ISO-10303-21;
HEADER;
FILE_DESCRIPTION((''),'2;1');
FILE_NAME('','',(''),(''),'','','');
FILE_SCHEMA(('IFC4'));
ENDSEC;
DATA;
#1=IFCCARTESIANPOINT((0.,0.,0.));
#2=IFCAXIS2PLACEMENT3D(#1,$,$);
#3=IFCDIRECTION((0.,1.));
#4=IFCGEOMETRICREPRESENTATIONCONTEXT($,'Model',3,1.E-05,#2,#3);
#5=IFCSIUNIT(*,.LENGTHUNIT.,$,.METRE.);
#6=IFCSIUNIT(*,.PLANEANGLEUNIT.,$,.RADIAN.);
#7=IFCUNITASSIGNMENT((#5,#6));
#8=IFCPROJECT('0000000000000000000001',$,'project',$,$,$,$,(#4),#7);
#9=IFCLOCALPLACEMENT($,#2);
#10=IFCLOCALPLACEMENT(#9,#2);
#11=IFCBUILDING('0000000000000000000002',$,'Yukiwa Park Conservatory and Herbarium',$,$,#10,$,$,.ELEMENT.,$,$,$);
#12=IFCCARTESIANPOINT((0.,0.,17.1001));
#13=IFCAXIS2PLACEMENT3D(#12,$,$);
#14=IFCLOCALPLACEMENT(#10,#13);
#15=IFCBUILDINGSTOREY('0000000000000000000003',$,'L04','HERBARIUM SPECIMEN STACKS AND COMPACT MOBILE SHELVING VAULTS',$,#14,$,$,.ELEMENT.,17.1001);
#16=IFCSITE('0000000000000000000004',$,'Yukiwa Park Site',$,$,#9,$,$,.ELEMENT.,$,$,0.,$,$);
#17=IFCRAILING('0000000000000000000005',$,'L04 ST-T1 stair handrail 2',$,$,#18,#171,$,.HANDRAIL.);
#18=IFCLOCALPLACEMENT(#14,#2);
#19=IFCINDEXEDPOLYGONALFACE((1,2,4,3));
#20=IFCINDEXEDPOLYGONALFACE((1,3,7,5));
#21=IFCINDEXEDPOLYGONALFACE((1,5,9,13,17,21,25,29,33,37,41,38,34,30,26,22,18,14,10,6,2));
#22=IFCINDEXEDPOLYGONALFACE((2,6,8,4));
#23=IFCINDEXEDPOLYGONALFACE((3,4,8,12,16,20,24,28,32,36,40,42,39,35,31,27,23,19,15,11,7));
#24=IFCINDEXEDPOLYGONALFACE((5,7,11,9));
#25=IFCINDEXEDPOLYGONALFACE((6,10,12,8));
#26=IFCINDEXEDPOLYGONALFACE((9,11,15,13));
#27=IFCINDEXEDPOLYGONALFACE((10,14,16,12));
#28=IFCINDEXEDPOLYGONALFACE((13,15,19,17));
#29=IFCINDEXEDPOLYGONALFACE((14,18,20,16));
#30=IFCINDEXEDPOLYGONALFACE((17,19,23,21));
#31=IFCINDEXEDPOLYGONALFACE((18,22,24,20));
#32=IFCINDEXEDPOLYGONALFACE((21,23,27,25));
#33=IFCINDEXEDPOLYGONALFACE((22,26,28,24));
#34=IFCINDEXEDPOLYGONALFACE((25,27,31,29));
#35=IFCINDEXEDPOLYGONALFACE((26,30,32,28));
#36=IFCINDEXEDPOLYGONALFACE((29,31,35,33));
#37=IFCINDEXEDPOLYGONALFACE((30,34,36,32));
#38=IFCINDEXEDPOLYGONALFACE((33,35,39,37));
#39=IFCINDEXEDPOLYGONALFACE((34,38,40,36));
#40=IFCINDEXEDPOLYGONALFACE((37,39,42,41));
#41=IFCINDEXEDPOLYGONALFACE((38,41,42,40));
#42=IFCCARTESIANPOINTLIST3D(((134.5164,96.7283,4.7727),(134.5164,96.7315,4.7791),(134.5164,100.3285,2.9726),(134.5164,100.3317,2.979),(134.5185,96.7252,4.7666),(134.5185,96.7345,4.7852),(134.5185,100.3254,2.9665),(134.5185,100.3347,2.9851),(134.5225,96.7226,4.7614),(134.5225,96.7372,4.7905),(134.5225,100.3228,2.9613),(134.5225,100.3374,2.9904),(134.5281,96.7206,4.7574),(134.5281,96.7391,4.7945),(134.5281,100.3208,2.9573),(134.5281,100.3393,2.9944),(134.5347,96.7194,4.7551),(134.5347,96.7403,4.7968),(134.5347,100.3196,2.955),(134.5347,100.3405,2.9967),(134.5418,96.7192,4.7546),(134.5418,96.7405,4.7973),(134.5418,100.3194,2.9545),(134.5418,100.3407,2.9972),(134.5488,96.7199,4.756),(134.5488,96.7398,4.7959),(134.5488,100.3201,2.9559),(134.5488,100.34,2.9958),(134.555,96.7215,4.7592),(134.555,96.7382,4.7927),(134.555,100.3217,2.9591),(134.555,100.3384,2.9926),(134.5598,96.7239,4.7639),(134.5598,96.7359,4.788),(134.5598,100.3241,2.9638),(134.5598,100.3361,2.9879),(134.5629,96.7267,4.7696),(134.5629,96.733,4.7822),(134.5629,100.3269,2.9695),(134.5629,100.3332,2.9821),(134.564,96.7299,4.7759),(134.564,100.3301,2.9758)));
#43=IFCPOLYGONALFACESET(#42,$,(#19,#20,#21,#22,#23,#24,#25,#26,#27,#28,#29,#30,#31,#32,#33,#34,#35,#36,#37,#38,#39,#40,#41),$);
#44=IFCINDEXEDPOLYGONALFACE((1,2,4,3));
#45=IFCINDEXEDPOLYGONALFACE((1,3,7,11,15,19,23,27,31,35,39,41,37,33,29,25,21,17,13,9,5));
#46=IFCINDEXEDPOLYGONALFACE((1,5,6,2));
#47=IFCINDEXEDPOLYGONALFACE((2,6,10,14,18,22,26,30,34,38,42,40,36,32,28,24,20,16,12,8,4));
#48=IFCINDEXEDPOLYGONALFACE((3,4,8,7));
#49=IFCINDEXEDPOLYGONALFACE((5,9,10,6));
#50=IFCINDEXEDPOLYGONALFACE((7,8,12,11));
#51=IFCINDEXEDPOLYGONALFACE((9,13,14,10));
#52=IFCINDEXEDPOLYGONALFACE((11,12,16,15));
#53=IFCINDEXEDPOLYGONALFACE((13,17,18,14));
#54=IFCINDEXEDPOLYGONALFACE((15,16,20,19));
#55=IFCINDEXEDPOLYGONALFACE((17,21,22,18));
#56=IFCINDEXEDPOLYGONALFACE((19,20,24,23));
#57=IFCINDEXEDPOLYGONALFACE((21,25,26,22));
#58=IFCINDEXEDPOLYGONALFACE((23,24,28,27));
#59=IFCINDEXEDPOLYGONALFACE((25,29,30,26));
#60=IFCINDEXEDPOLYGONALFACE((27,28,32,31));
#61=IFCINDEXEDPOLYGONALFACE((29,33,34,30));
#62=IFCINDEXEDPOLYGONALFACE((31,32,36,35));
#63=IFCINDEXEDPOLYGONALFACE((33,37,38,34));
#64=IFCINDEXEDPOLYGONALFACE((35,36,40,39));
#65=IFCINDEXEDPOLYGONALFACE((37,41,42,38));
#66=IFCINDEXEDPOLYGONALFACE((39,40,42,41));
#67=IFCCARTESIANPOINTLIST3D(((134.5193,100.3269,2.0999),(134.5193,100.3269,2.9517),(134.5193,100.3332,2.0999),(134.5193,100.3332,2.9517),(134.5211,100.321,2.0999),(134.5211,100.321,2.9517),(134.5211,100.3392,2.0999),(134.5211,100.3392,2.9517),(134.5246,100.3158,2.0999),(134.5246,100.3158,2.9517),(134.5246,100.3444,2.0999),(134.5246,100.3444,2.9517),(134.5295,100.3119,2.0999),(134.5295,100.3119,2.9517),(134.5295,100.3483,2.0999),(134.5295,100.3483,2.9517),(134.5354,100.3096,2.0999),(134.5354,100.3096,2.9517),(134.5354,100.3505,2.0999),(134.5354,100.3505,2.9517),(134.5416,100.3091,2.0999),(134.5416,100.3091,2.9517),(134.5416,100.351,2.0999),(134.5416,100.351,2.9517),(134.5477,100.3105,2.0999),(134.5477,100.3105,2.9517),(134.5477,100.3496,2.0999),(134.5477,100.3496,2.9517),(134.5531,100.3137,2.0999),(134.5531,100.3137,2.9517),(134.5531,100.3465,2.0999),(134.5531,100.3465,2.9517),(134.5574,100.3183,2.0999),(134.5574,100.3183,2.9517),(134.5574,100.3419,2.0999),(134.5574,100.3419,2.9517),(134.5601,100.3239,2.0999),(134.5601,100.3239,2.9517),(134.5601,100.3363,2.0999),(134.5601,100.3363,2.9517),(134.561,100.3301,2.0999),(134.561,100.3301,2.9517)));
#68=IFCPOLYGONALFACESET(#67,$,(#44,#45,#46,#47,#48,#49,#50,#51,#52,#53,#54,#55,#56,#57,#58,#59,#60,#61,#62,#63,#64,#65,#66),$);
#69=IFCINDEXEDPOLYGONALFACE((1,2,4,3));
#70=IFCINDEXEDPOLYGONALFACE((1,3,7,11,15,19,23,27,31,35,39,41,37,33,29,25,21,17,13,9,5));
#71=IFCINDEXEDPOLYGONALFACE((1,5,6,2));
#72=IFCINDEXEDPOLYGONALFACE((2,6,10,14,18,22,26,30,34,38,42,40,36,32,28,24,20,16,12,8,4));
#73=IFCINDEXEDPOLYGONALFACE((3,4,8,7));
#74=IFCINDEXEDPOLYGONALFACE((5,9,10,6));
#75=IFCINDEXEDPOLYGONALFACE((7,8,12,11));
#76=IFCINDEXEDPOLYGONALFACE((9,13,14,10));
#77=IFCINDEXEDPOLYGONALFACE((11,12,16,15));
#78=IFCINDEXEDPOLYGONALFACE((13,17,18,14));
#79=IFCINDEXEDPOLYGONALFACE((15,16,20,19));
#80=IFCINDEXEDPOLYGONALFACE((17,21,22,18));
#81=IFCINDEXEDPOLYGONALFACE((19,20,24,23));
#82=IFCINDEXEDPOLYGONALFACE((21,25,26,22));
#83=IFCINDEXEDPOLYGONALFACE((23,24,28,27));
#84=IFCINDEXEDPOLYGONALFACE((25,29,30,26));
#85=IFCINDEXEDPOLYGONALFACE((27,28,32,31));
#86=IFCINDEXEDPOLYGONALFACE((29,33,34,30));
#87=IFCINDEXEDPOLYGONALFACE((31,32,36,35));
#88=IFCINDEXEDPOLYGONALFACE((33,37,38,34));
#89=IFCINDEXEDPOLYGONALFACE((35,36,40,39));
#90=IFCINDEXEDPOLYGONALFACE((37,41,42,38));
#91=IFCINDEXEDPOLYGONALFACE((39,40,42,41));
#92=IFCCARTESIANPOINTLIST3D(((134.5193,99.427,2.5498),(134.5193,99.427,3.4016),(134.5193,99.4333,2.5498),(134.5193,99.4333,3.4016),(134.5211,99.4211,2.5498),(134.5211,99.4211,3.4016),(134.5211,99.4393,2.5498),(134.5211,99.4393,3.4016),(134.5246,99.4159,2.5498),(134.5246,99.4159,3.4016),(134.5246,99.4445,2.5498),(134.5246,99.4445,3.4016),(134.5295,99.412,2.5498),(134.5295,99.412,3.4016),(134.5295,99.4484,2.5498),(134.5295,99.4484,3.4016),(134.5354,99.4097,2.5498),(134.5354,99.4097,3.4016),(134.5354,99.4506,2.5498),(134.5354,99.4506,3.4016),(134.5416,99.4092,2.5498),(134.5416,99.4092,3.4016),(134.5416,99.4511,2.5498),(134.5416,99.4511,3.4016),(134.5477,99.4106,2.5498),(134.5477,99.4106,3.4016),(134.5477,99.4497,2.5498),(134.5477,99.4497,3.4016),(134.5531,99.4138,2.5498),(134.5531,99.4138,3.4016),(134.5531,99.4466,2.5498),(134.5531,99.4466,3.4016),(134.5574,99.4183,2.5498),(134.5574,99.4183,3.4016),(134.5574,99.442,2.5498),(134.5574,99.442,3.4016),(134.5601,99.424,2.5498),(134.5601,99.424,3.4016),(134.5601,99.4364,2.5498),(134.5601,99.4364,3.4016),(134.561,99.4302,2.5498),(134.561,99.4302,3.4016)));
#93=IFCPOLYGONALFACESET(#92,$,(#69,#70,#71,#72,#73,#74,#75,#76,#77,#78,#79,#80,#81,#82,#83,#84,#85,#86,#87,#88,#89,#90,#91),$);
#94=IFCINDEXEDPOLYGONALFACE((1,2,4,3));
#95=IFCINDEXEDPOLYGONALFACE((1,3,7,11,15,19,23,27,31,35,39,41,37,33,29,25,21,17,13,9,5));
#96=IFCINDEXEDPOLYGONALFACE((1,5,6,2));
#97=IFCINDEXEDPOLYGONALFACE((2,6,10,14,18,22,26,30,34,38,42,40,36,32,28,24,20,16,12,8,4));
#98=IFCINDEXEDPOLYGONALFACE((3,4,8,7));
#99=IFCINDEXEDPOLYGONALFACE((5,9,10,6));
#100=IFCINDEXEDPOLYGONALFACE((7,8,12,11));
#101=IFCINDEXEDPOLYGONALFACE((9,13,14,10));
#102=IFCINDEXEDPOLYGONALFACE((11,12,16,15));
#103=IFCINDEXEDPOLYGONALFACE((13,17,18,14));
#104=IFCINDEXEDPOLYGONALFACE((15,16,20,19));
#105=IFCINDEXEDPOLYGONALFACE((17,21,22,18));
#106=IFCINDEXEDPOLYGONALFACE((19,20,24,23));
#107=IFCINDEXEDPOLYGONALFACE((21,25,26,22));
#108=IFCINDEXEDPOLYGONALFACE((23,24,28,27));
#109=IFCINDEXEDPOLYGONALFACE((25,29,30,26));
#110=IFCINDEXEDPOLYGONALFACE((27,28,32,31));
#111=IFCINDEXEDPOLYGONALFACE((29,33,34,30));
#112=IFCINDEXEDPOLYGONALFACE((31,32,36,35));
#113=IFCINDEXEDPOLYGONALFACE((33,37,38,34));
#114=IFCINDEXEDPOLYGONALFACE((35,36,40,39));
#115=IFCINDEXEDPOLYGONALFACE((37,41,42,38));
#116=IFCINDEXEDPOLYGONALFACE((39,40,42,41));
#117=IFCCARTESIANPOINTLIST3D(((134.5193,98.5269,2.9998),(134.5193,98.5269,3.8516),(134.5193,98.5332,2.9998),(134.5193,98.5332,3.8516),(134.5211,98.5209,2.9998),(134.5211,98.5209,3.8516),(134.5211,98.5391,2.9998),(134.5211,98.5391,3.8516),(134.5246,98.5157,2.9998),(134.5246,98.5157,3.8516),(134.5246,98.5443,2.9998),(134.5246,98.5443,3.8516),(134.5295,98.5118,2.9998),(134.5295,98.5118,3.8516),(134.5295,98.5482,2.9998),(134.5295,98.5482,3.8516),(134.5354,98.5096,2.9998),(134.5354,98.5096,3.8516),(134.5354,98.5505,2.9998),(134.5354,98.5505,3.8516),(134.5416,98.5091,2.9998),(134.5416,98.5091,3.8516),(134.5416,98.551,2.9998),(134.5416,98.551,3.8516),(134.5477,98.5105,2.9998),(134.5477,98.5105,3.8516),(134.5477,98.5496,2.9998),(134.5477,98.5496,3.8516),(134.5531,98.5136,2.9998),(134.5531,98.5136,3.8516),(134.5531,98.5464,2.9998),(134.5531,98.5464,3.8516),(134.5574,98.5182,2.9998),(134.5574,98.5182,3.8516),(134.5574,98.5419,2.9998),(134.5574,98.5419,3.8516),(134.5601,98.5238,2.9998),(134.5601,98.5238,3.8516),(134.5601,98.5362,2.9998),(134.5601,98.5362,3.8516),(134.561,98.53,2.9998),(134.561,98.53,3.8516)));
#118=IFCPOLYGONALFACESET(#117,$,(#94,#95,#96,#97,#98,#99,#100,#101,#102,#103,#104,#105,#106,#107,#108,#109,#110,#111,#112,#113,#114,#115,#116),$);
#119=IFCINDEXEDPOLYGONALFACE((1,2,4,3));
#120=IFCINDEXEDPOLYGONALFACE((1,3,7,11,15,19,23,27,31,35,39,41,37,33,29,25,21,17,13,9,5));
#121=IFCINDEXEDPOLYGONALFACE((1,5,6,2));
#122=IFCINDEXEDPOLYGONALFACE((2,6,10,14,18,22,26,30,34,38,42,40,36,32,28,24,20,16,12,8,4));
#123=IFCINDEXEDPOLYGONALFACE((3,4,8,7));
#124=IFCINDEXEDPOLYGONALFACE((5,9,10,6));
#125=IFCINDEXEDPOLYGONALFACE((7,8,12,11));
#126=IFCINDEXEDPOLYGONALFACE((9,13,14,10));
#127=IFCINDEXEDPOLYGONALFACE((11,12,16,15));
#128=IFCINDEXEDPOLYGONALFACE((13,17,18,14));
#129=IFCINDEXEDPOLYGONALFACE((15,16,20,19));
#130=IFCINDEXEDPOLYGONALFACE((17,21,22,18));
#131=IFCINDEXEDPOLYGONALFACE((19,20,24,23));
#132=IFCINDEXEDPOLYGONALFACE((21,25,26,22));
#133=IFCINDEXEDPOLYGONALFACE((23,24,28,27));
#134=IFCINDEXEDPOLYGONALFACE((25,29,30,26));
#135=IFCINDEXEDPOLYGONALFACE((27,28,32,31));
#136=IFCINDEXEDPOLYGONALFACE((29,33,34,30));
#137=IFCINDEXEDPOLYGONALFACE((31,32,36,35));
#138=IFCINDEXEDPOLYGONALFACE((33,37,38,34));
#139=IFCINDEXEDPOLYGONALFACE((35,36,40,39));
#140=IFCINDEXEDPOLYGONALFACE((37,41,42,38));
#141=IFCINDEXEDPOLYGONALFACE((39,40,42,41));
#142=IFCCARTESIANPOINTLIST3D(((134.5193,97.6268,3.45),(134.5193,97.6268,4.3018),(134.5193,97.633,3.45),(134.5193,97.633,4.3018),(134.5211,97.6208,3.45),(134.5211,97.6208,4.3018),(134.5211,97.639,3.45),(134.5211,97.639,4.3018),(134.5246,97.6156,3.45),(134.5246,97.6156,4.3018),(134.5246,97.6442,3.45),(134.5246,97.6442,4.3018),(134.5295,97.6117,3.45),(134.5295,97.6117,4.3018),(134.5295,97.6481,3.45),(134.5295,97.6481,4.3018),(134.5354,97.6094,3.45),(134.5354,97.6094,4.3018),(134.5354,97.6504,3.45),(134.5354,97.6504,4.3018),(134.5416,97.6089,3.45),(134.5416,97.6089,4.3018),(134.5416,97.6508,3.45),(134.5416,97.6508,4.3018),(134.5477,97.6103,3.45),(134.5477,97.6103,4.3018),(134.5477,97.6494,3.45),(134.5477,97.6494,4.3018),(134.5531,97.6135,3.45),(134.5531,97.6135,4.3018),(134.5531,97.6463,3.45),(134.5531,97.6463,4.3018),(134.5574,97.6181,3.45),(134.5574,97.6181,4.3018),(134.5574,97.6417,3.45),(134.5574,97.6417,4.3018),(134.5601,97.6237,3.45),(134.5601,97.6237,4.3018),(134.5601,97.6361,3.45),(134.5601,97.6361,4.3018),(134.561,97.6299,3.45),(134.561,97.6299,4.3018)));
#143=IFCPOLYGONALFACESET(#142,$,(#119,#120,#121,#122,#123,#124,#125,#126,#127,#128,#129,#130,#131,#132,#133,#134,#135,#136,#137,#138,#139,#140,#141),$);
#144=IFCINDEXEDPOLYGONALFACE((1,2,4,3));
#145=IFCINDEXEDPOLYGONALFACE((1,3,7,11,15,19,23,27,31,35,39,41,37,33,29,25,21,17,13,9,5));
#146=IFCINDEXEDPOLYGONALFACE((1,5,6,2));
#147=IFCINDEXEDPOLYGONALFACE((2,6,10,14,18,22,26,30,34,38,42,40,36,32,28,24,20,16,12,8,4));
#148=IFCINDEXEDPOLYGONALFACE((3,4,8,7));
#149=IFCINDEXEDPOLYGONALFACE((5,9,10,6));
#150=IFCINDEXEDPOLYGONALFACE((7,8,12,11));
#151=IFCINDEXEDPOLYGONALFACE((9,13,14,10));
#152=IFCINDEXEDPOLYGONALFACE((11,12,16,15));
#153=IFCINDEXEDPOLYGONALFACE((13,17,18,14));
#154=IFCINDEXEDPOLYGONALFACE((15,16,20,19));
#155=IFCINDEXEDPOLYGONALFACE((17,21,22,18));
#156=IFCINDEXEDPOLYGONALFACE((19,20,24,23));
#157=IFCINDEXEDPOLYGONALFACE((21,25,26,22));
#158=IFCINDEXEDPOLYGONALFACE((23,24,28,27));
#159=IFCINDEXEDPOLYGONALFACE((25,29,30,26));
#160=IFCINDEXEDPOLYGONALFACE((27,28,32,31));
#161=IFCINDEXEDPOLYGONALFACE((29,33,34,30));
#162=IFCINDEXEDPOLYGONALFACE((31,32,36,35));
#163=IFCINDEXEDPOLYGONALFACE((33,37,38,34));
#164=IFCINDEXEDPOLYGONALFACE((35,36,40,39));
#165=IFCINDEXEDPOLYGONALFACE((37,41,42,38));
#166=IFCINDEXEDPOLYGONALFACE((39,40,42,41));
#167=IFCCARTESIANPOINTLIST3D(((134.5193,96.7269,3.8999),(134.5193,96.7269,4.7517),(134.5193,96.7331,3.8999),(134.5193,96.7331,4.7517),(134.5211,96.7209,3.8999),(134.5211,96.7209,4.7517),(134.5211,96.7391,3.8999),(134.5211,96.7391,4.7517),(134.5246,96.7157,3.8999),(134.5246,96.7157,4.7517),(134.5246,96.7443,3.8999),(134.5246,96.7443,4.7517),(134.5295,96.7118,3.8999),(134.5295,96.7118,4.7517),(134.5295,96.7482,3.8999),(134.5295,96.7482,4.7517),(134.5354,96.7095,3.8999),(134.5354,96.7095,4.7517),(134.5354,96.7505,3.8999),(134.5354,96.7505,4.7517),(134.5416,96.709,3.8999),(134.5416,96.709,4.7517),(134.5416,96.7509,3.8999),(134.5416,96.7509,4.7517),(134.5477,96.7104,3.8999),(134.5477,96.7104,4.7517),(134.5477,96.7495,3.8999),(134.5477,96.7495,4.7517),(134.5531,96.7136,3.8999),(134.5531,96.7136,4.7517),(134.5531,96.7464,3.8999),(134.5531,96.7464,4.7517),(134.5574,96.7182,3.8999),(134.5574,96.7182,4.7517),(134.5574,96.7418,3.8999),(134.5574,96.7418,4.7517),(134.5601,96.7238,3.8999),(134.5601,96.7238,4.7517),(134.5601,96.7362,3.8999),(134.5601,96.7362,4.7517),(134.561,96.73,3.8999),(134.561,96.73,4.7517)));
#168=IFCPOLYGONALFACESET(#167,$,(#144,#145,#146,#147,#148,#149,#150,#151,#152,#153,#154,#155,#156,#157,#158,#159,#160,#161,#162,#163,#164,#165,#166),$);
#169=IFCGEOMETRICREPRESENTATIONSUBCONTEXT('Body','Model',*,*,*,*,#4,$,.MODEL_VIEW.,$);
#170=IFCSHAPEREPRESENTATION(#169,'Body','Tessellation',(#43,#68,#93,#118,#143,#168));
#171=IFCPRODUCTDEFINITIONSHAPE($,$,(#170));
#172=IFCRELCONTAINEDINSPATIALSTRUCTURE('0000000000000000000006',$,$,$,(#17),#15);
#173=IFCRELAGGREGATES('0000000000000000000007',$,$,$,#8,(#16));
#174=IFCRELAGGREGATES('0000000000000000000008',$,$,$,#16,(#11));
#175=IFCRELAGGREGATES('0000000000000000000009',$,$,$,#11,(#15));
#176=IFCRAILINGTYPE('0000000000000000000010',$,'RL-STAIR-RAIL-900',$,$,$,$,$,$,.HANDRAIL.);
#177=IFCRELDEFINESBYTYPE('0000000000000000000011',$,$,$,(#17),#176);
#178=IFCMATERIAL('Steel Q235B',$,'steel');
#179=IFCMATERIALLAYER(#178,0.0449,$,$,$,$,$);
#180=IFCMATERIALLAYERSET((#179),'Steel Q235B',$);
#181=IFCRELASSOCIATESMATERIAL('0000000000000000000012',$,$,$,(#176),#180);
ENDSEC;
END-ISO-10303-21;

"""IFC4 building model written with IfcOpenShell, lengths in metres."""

from ifc_helpers import new_model, si_unit, direction, frame, origin, origin_2d, place, context, subcontext, project, spatial, circle, extrude, material, layer, layer_set, type_object, element, save


model = new_model("IFC4")

# Units and contexts
model_context = context("Model", 3, precision=1e-05, world=origin(), true_north=direction((0.0, 1.0)))
body_context = subcontext(model_context, "Body", "Model", "MODEL_VIEW")
ifc_project = project(units=[si_unit("LENGTHUNIT", "METRE"), si_unit("PLANEANGLEUNIT", "RADIAN")], contexts=[model_context])

# Site, building, storey
site_placement = place(None, origin())
site = spatial("IfcSite", under=ifc_project, at=site_placement, Name="Yukiwa Park Site", CompositionType="ELEMENT", RefElevation=0.0)
building_placement = place(site_placement, origin())
building = spatial("IfcBuilding", under=site, at=building_placement, Name="Yukiwa Park Conservatory and Herbarium", CompositionType="ELEMENT")
storey_placement = place(building_placement, frame((0.0, 0.0, 17.1001)))
storey = spatial("IfcBuildingStorey", under=building, at=storey_placement, Name="L04", Description="HERBARIUM SPECIMEN STACKS AND COMPACT MOBILE SHELVING VAULTS", CompositionType="ELEMENT", Elevation=17.1001)

# Railing
ifc_material_1 = material(Name="Steel Q235B", Category="steel")
ifc_layer_1 = layer(ifc_material_1, 0.0449)
ifc_layer_set_1 = layer_set([ifc_layer_1], Name="Steel Q235B")
railing_type_1 = type_object("IfcRailingType", Name="RL-STAIR-RAIL-900", PredefinedType="HANDRAIL", material=ifc_layer_set_1)
railing_1_placement = place(storey_placement, frame((134.54, 100.3301, 2.0999)))
element("IfcRailing", 1, at=railing_1_placement, inside=storey, type_object=railing_type_1, Name="L04 ST-T1 stair handrail 2", PredefinedType="HANDRAIL", context=body_context, shape_type="SweptSolid", body=[
    extrude(circle(Radius=0.0239, at=origin_2d()), frame((0.0, 0.0, 0.876), z_axis=(0.0, -0.894427, 0.447214), x_axis=(1.0, 0.0, 0.0)), (0.0, 0.0, 1.0), 4.0251),
    extrude(circle(Radius=0.021, at=origin_2d()), origin(), (0.0, 0.0, 1.0), 0.8518),
    extrude(circle(Radius=0.021, at=origin_2d()), frame((0.0, -0.8999, 0.45)), (0.0, 0.0, 1.0), 0.8518),
    extrude(circle(Radius=0.021, at=origin_2d()), frame((0.0, -1.8, 0.8999)), (0.0, 0.0, 1.0), 0.8518),
    extrude(circle(Radius=0.021, at=origin_2d()), frame((0.0, -2.7002, 1.3501)), (0.0, 0.0, 1.0), 0.8518),
    extrude(circle(Radius=0.021, at=origin_2d()), frame((0.0, -3.6001, 1.8)), (0.0, 0.0, 1.0), 0.8518),
])

save(model, "model.ifc")
